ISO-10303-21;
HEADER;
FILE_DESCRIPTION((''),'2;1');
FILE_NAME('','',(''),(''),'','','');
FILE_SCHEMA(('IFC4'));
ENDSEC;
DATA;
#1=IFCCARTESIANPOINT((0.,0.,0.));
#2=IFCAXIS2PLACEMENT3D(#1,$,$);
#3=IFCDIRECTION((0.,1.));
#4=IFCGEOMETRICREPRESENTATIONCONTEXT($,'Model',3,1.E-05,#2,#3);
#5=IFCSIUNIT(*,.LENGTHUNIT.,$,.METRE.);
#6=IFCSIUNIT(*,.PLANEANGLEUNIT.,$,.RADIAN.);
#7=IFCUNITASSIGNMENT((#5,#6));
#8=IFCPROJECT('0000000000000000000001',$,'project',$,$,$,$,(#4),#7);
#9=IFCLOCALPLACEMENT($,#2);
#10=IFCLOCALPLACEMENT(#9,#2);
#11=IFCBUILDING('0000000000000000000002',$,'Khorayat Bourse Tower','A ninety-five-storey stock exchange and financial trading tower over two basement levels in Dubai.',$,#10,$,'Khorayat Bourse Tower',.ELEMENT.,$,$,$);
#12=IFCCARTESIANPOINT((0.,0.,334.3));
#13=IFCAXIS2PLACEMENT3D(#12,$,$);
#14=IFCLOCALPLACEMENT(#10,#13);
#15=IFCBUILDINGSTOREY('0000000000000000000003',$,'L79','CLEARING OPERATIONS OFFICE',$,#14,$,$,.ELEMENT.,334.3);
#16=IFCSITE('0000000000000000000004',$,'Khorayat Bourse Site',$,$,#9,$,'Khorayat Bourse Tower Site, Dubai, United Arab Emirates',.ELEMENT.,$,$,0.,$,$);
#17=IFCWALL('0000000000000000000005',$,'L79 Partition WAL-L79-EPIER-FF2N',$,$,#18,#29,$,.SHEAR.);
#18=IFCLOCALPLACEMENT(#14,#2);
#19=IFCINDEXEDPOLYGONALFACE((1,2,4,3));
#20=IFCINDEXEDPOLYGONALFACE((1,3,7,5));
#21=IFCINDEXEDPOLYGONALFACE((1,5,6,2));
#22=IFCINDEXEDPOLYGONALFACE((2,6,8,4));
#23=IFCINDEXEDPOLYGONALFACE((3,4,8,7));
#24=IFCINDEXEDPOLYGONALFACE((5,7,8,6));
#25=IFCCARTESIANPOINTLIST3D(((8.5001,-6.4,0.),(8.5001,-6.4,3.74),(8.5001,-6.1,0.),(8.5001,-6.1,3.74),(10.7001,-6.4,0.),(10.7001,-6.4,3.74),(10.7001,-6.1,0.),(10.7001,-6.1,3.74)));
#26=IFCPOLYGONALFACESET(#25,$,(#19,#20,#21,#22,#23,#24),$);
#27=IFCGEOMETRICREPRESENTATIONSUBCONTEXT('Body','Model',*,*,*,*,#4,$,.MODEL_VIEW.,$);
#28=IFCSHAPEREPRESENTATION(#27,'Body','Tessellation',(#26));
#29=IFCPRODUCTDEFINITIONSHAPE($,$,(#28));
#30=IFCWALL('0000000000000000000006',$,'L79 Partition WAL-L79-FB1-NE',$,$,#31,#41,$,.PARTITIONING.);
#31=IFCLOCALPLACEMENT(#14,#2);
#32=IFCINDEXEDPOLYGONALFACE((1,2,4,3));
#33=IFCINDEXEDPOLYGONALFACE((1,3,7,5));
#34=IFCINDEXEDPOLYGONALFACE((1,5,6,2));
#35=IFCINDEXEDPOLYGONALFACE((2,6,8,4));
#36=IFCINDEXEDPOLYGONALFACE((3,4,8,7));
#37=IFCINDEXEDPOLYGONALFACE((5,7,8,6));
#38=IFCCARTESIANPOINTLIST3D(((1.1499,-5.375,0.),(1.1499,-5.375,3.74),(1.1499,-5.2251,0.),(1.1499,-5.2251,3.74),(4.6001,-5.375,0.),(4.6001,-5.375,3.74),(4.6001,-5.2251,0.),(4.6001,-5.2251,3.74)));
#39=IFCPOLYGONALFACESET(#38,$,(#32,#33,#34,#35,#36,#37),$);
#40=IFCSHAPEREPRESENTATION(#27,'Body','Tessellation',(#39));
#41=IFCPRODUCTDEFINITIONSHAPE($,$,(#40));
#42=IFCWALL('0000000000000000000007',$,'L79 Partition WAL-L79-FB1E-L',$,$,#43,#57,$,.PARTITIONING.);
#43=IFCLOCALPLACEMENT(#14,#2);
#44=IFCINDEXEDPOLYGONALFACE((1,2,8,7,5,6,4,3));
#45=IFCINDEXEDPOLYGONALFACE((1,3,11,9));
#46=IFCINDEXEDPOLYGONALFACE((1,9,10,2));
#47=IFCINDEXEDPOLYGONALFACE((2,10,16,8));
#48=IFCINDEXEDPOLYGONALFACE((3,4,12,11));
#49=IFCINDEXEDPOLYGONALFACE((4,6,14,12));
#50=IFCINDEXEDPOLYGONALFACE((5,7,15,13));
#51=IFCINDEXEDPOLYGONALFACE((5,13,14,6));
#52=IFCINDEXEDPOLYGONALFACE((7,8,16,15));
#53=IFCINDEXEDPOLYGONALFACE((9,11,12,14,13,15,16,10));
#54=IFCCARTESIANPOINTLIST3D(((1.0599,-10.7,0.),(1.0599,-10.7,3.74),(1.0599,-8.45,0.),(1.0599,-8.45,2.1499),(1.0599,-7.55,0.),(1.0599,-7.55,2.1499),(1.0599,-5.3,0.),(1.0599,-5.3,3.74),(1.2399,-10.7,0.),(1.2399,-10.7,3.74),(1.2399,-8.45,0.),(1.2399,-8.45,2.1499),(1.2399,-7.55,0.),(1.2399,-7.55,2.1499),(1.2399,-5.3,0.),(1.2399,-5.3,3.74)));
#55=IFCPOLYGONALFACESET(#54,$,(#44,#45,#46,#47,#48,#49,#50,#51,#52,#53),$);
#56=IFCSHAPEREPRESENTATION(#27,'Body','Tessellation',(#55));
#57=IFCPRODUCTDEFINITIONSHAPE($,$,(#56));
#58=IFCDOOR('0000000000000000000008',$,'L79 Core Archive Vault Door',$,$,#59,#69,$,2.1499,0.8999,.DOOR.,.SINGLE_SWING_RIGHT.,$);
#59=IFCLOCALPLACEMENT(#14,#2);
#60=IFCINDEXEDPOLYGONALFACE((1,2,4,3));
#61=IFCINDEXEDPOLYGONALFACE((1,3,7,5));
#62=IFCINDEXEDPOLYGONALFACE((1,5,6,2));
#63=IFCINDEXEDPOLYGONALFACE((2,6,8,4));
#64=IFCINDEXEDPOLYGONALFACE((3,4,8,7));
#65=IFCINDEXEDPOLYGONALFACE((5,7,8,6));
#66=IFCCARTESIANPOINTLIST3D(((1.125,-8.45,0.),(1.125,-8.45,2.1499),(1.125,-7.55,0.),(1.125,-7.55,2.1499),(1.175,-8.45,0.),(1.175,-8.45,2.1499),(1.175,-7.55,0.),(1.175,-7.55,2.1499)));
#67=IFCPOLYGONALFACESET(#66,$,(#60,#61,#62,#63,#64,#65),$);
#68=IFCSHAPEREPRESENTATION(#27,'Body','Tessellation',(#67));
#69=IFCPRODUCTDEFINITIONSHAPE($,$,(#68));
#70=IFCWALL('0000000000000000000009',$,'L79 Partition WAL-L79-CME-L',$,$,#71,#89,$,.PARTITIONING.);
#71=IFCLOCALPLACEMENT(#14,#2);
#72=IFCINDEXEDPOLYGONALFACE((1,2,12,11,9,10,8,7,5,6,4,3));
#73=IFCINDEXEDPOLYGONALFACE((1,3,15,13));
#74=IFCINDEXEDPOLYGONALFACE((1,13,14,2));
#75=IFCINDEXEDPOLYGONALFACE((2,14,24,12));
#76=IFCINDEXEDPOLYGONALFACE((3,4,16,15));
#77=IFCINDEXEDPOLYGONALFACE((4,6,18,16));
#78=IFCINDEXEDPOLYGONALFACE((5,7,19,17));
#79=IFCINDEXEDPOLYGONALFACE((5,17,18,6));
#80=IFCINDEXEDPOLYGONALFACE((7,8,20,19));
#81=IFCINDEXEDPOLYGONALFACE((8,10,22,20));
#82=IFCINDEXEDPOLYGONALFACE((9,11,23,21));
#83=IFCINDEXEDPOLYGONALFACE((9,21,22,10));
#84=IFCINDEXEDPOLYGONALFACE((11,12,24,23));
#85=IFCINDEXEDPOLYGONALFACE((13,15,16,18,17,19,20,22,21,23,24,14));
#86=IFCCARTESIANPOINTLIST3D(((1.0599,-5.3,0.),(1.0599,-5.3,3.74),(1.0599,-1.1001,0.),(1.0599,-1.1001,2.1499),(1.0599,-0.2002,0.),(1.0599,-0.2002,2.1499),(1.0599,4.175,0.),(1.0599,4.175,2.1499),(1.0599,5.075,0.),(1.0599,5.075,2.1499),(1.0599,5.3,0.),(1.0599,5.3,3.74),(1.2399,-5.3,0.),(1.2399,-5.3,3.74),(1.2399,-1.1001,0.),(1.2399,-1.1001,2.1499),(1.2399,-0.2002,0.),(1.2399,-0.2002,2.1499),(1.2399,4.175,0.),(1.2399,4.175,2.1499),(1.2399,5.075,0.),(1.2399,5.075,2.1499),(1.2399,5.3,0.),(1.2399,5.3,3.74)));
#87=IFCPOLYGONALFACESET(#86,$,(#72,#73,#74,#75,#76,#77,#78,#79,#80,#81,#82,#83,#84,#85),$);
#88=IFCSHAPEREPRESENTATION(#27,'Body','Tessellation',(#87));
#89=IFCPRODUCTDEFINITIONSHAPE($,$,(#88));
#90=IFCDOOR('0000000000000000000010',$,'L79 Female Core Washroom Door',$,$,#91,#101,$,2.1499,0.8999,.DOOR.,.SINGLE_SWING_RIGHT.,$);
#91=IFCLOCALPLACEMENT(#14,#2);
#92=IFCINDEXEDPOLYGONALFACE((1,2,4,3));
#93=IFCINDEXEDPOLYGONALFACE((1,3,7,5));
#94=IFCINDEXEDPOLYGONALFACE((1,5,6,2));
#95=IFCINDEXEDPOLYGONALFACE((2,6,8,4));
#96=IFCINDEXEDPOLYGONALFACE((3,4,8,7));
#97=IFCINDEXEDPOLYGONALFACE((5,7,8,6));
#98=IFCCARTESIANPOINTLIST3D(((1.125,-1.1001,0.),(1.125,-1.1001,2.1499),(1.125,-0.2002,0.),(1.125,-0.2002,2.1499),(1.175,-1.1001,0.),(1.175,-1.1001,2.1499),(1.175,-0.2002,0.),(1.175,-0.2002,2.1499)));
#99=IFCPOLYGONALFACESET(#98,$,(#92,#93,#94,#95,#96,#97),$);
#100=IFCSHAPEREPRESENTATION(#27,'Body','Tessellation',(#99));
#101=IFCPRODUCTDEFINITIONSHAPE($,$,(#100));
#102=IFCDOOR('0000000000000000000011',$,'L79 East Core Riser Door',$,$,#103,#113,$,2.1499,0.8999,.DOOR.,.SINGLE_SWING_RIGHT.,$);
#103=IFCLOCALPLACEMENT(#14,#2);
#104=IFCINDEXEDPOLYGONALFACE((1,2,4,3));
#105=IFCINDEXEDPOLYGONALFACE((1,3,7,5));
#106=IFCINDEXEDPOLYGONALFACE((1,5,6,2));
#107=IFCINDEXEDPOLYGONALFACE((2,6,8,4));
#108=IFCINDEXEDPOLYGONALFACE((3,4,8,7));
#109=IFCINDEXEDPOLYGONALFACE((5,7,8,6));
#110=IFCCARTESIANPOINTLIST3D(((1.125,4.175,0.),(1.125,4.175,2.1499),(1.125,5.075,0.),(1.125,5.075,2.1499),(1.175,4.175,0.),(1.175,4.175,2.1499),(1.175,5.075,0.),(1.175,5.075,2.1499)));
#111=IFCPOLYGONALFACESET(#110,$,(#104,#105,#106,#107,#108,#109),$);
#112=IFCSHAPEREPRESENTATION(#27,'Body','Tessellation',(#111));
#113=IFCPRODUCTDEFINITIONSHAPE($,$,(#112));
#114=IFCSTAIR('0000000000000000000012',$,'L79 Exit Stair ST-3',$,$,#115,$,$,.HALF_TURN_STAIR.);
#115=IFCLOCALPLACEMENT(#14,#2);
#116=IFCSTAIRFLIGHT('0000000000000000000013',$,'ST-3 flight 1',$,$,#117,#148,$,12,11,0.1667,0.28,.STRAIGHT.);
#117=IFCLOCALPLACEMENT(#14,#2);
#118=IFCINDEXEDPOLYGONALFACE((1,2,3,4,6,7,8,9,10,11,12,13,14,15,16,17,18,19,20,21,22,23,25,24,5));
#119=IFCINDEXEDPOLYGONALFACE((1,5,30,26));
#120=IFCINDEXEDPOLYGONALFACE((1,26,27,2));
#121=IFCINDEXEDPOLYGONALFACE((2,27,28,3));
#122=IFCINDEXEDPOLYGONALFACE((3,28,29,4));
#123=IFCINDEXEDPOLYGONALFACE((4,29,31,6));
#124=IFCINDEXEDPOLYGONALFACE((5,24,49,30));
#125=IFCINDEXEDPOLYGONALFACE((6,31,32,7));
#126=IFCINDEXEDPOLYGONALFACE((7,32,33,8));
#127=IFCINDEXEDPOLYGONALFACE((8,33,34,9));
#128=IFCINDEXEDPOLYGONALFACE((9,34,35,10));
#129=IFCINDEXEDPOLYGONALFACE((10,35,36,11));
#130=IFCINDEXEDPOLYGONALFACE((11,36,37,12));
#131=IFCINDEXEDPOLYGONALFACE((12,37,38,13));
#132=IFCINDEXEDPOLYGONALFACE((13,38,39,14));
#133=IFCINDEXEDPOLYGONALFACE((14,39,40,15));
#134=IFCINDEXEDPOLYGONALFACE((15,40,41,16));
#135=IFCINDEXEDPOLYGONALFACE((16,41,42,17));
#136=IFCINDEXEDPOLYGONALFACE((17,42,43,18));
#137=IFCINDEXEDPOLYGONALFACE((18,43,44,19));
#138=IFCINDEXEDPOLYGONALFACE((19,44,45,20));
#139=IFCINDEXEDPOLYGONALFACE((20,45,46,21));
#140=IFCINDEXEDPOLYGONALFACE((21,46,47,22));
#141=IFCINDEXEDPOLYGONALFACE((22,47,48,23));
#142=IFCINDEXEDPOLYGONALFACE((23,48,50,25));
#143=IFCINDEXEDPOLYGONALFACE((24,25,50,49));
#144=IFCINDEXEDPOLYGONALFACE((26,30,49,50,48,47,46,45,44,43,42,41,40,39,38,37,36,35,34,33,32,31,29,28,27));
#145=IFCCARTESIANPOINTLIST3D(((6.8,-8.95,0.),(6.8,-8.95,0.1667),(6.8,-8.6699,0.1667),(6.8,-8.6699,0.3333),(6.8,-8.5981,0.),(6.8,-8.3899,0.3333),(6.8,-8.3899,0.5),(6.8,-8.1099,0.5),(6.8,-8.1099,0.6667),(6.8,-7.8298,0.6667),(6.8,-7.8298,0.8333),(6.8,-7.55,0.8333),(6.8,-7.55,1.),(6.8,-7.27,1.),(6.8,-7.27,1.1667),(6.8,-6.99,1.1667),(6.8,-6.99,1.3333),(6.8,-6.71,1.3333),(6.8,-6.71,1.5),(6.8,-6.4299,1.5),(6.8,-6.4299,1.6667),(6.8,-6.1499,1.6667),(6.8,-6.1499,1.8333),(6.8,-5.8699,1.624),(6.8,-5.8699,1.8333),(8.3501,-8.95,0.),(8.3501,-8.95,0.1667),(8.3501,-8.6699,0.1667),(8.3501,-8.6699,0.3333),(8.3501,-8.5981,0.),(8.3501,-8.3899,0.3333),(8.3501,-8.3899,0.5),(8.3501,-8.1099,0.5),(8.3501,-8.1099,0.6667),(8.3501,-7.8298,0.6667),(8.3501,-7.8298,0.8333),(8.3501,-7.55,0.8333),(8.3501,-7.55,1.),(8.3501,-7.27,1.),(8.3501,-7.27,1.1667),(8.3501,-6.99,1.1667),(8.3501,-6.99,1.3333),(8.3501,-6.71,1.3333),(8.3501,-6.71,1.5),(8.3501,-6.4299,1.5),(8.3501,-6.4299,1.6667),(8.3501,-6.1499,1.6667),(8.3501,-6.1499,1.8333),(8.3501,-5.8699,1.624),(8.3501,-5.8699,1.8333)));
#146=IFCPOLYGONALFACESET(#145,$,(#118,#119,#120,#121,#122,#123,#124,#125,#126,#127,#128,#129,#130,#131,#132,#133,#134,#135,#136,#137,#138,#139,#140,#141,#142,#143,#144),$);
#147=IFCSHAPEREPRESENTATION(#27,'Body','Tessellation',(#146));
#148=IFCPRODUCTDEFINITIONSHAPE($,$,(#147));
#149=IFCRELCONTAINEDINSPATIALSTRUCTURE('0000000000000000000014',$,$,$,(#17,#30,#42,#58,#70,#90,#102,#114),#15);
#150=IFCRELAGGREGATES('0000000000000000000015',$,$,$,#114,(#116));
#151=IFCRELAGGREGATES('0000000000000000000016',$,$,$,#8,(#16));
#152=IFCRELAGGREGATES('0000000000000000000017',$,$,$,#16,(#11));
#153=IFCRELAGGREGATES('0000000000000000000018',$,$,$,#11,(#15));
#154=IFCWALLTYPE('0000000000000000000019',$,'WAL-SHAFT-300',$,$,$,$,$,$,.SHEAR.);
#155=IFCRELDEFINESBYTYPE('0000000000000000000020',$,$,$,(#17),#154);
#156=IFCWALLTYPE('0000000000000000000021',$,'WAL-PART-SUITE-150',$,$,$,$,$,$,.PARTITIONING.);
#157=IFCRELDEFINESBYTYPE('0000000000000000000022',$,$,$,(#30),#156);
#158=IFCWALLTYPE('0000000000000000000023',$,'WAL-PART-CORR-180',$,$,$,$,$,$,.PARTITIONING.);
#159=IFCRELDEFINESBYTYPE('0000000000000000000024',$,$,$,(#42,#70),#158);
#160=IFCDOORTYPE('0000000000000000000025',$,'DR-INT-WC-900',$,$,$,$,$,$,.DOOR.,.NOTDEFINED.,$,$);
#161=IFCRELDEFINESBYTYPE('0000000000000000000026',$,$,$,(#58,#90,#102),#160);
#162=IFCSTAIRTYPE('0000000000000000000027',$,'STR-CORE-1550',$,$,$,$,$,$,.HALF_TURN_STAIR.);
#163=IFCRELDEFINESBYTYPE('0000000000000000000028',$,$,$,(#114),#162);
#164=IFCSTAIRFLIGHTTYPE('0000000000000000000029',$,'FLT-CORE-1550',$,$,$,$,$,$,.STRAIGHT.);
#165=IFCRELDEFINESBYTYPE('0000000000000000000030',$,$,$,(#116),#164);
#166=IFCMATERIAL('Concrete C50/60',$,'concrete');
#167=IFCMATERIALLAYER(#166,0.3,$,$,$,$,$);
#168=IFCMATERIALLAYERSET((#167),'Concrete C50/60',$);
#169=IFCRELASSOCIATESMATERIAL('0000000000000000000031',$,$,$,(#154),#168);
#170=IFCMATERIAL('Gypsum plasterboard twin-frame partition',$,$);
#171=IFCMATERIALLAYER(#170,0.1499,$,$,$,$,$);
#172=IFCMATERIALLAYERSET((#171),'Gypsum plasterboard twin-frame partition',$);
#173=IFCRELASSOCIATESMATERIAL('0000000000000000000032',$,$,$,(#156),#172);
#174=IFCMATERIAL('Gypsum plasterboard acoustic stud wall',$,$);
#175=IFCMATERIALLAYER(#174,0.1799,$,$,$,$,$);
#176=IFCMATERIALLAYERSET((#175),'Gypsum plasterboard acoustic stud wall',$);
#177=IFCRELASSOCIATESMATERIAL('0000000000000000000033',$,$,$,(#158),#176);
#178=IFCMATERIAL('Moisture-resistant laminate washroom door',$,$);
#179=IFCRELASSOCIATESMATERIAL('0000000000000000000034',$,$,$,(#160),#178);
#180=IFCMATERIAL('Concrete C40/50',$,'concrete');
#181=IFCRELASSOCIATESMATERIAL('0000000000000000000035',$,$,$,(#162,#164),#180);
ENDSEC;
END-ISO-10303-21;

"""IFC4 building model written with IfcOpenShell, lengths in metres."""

from ifc_helpers import new_model, si_unit, direction, frame, frame_2d, origin, place, context, subcontext, project, spatial, polyline, rectangle, outline, extrude, source, transform, mapped, material, layer, layer_set, type_object, element, fill, aggregate, save


model = new_model("IFC4")

# Units and contexts
model_context = context("Model", 3, precision=1e-05, world=origin(), true_north=direction((0.0, 1.0)))
body_context = subcontext(model_context, "Body", "Model", "MODEL_VIEW")
ifc_project = project(units=[si_unit("LENGTHUNIT", "METRE"), si_unit("PLANEANGLEUNIT", "RADIAN")], contexts=[model_context])

# Site, building, storey
site_placement = place(None, origin())
site = spatial("IfcSite", under=ifc_project, at=site_placement, Name="Khorayat Bourse Site", LongName="Khorayat Bourse Tower Site, Dubai, United Arab Emirates", CompositionType="ELEMENT", RefElevation=0.0)
building_placement = place(site_placement, origin())
building = spatial("IfcBuilding", under=site, at=building_placement, Name="Khorayat Bourse Tower", Description="A ninety-five-storey stock exchange and financial trading tower over two basement levels in Dubai.", LongName="Khorayat Bourse Tower", CompositionType="ELEMENT")
storey_placement = place(building_placement, frame((0.0, 0.0, 334.3)))
storey = spatial("IfcBuildingStorey", under=building, at=storey_placement, Name="L79", Description="CLEARING OPERATIONS OFFICE", CompositionType="ELEMENT", Elevation=334.3)

# Walls
ifc_material_1 = material(Name="Concrete C50/60", Category="concrete")
ifc_layer_1 = layer(ifc_material_1, 0.3)
ifc_layer_set_1 = layer_set([ifc_layer_1], Name="Concrete C50/60")
wall_type_1 = type_object("IfcWallType", Name="WAL-SHAFT-300", PredefinedType="SHEAR", material=ifc_layer_set_1)
shared_shape_1 = source(origin(), body_context, "Body", "SweptSolid", [
    extrude(rectangle(XDim=2.2, YDim=0.3, at=frame_2d((1.1001, 0.0))), origin(), (0.0, 0.0, 1.0), 3.74),
])
for number, where, z_axis, x_axis, name in (
    (1, (8.5, -6.25, 0.0), (0.0, 0.0, 1.0), (1.0, 0.0, 0.0), "L79 Partition WAL-L79-EPIER-FF2N"),
):
    element("IfcWall", number, at=place(storey_placement, frame(where, z_axis=z_axis, x_axis=x_axis)), inside=storey, type_object=wall_type_1, Name=name, PredefinedType="SHEAR", context=body_context, shape_type="MappedRepresentation", body=[
        mapped(shared_shape_1, transform((0.0, 0.0, 0.0), scale=1.0)),
    ])
ifc_material_2 = material(Name="Gypsum plasterboard twin-frame partition")
ifc_layer_2 = layer(ifc_material_2, 0.1499)
ifc_layer_set_2 = layer_set([ifc_layer_2], Name="Gypsum plasterboard twin-frame partition")
wall_type_2 = type_object("IfcWallType", Name="WAL-PART-SUITE-150", PredefinedType="PARTITIONING", material=ifc_layer_set_2)
shared_shape_2 = source(origin(), body_context, "Body", "SweptSolid", [
    extrude(rectangle(XDim=3.4502, YDim=0.1499, at=frame_2d((1.7251, 0.0))), origin(), (0.0, 0.0, 1.0), 3.74),
])
wall_1_placement = place(storey_placement, frame((1.1499, -5.3, 0.0), z_axis=(0.0, 0.0, 1.0), x_axis=(1.0, 0.0, 0.0)))
element("IfcWall", 2, at=wall_1_placement, inside=storey, type_object=wall_type_2, Name="L79 Partition WAL-L79-FB1-NE", PredefinedType="PARTITIONING", context=body_context, shape_type="MappedRepresentation", body=[
    mapped(shared_shape_2, transform((0.0, 0.0, 0.0), scale=1.0)),
])

# Shared definitions
ifc_material_3 = material(Name="Gypsum plasterboard acoustic stud wall")
ifc_layer_3 = layer(ifc_material_3, 0.1799)
ifc_layer_set_3 = layer_set([ifc_layer_3], Name="Gypsum plasterboard acoustic stud wall")
wall_type_3 = type_object("IfcWallType", Name="WAL-PART-CORR-180", PredefinedType="PARTITIONING", material=ifc_layer_set_3)
shared_shape_3 = source(origin(), body_context, "Body", "SweptSolid", [
    extrude(rectangle(XDim=5.3999, YDim=0.1799, at=frame_2d((2.7, 0.0))), origin(), (0.0, 0.0, 1.0), 3.74),
])
shared_shape_4 = source(origin(), body_context, "Body", "SweptSolid", [
    extrude(rectangle(XDim=0.8999, YDim=2.1499, at=frame_2d((0.45, 1.075))), frame((0.0, 0.0999, 0.0), z_axis=(0.0, -1.0, 0.0), x_axis=(1.0, 0.0, 0.0)), (0.0, 0.0, 1.0), 0.2),
])
ifc_material_4 = material(Name="Moisture-resistant laminate washroom door")
door_type = type_object("IfcDoorType", Name="DR-INT-WC-900", OperationType="NOTDEFINED", PredefinedType="DOOR", material=ifc_material_4)
shared_shape_5 = source(origin(), body_context, "Body", "SweptSolid", [
    extrude(rectangle(XDim=0.8999, YDim=2.1499, at=frame_2d((0.45, 1.075))), frame((0.0, 0.0249, 0.0), z_axis=(0.0, -1.0, 0.0), x_axis=(1.0, 0.0, 0.0)), (0.0, 0.0, 1.0), 0.05),
])

# Wall, opening, door
wall_2_placement = place(storey_placement, frame((1.1499, -10.7, 0.0), z_axis=(0.0, 0.0, 1.0), x_axis=(0.0, 1.0, 0.0)))
wall_2 = element("IfcWall", 3, at=wall_2_placement, inside=storey, type_object=wall_type_3, Name="L79 Partition WAL-L79-FB1E-L", PredefinedType="PARTITIONING", context=body_context, shape_type="MappedRepresentation", body=[
    mapped(shared_shape_3, transform((0.0, 0.0, 0.0), scale=1.0)),
])
opening_1_placement = place(wall_2_placement, frame((2.25, 0.0, 0.0)))
opening_1 = element("IfcOpeningElement", 4, at=opening_1_placement, cuts=wall_2, PredefinedType="OPENING", context=body_context, shape_type="MappedRepresentation", body=[
    mapped(shared_shape_4, transform((0.0, 0.0, 0.0), scale=1.0)),
])
door_1_placement = place(opening_1_placement, origin())
door_1 = element("IfcDoor", 5, at=door_1_placement, inside=storey, type_object=door_type, Name="L79 Core Archive Vault Door", OperationType="SINGLE_SWING_RIGHT", OverallHeight=2.1499, OverallWidth=0.8999, PredefinedType="DOOR", context=body_context, shape_type="MappedRepresentation", body=[
    mapped(shared_shape_5, transform((0.0, 0.0, 0.0), scale=1.0)),
])
fill(opening_1, door_1)

# Wall, openings, doors
shared_shape_6 = source(origin(), body_context, "Body", "SweptSolid", [
    extrude(rectangle(XDim=10.6001, YDim=0.1799, at=frame_2d((5.3, 0.0))), origin(), (0.0, 0.0, 1.0), 3.74),
])
wall_3_placement = place(storey_placement, frame((1.1499, -5.3, 0.0), z_axis=(0.0, 0.0, 1.0), x_axis=(0.0, 1.0, 0.0)))
wall_3 = element("IfcWall", 6, at=wall_3_placement, inside=storey, type_object=wall_type_3, Name="L79 Partition WAL-L79-CME-L", PredefinedType="PARTITIONING", context=body_context, shape_type="MappedRepresentation", body=[
    mapped(shared_shape_6, transform((0.0, 0.0, 0.0), scale=1.0)),
])
opening_2_placement = place(wall_3_placement, frame((4.2, 0.0, 0.0)))
opening_2 = element("IfcOpeningElement", 7, at=opening_2_placement, cuts=wall_3, PredefinedType="OPENING", context=body_context, shape_type="MappedRepresentation", body=[
    mapped(shared_shape_4, transform((0.0, 0.0, 0.0), scale=1.0)),
])
opening_3_placement = place(wall_3_placement, frame((9.4751, 0.0, 0.0)))
opening_3 = element("IfcOpeningElement", 8, at=opening_3_placement, cuts=wall_3, PredefinedType="OPENING", context=body_context, shape_type="MappedRepresentation", body=[
    mapped(shared_shape_4, transform((0.0, 0.0, 0.0), scale=1.0)),
])
door_2_placement = place(opening_2_placement, origin())
door_2 = element("IfcDoor", 9, at=door_2_placement, inside=storey, type_object=door_type, Name="L79 Female Core Washroom Door", OperationType="SINGLE_SWING_RIGHT", OverallHeight=2.1499, OverallWidth=0.8999, PredefinedType="DOOR", context=body_context, shape_type="MappedRepresentation", body=[
    mapped(shared_shape_5, transform((0.0, 0.0, 0.0), scale=1.0)),
])
fill(opening_2, door_2)
door_3_placement = place(opening_3_placement, origin())
door_3 = element("IfcDoor", 10, at=door_3_placement, inside=storey, type_object=door_type, Name="L79 East Core Riser Door", OperationType="SINGLE_SWING_RIGHT", OverallHeight=2.1499, OverallWidth=0.8999, PredefinedType="DOOR", context=body_context, shape_type="MappedRepresentation", body=[
    mapped(shared_shape_5, transform((0.0, 0.0, 0.0), scale=1.0)),
])
fill(opening_3, door_3)

# Stair, stair flight
ifc_material_5 = material(Name="Concrete C40/50", Category="concrete")
stair_type = type_object("IfcStairType", Name="STR-CORE-1550", PredefinedType="HALF_TURN_STAIR", material=ifc_material_5)
stair_placement = place(storey_placement, origin())
stair = element("IfcStair", 11, at=stair_placement, inside=storey, type_object=stair_type, Name="L79 Exit Stair ST-3", PredefinedType="HALF_TURN_STAIR")
stair_flight_type = type_object("IfcStairFlightType", Name="FLT-CORE-1550", PredefinedType="STRAIGHT", material=ifc_material_5)
shared_shape_7 = source(origin(), body_context, "Body", "SweptSolid", [
    extrude(outline(polyline([(0.0, 0.0), (0.0, 0.1667), (0.28, 0.1667), (0.28, 0.3333), (0.5601, 0.3333), (0.5601, 0.5), (0.8401, 0.5), (0.8401, 0.6667), (1.1201, 0.6667), (1.1201, 0.8333), (1.3999, 0.8333), (1.3999, 1.0), (1.6799, 1.0), (1.6799, 1.1667), (1.96, 1.1667), (1.96, 1.3333), (2.24, 1.3333), (2.24, 1.5), (2.52, 1.5), (2.52, 1.6667), (2.8, 1.6667), (2.8, 1.8333), (3.0801, 1.8333), (3.0801, 2.0), (3.0801, 1.624), (0.3518, 0.0), (0.0, 0.0)])), frame((0.0, 0.7749, 0.0), z_axis=(0.0, -1.0, 0.0), x_axis=(1.0, 0.0, 0.0)), (0.0, 0.0, 1.0), 1.55),
])
stair_flight_1_placement = place(storey_placement, frame((7.575, -8.95, 0.0), z_axis=(0.0, 0.0, 1.0), x_axis=(0.0, 1.0, 0.0)))
stair_flight_1 = element("IfcStairFlight", 12, at=stair_flight_1_placement, type_object=stair_flight_type, Name="ST-3 flight 1", NumberOfRisers=12, NumberOfTreads=11, PredefinedType="STRAIGHT", RiserHeight=0.1667, TreadLength=0.28, context=body_context, shape_type="MappedRepresentation", body=[
    mapped(shared_shape_7, transform((0.0, 0.0, 0.0), scale=1.0)),
])
aggregate(stair, [stair_flight_1])

save(model, "model.ifc")
